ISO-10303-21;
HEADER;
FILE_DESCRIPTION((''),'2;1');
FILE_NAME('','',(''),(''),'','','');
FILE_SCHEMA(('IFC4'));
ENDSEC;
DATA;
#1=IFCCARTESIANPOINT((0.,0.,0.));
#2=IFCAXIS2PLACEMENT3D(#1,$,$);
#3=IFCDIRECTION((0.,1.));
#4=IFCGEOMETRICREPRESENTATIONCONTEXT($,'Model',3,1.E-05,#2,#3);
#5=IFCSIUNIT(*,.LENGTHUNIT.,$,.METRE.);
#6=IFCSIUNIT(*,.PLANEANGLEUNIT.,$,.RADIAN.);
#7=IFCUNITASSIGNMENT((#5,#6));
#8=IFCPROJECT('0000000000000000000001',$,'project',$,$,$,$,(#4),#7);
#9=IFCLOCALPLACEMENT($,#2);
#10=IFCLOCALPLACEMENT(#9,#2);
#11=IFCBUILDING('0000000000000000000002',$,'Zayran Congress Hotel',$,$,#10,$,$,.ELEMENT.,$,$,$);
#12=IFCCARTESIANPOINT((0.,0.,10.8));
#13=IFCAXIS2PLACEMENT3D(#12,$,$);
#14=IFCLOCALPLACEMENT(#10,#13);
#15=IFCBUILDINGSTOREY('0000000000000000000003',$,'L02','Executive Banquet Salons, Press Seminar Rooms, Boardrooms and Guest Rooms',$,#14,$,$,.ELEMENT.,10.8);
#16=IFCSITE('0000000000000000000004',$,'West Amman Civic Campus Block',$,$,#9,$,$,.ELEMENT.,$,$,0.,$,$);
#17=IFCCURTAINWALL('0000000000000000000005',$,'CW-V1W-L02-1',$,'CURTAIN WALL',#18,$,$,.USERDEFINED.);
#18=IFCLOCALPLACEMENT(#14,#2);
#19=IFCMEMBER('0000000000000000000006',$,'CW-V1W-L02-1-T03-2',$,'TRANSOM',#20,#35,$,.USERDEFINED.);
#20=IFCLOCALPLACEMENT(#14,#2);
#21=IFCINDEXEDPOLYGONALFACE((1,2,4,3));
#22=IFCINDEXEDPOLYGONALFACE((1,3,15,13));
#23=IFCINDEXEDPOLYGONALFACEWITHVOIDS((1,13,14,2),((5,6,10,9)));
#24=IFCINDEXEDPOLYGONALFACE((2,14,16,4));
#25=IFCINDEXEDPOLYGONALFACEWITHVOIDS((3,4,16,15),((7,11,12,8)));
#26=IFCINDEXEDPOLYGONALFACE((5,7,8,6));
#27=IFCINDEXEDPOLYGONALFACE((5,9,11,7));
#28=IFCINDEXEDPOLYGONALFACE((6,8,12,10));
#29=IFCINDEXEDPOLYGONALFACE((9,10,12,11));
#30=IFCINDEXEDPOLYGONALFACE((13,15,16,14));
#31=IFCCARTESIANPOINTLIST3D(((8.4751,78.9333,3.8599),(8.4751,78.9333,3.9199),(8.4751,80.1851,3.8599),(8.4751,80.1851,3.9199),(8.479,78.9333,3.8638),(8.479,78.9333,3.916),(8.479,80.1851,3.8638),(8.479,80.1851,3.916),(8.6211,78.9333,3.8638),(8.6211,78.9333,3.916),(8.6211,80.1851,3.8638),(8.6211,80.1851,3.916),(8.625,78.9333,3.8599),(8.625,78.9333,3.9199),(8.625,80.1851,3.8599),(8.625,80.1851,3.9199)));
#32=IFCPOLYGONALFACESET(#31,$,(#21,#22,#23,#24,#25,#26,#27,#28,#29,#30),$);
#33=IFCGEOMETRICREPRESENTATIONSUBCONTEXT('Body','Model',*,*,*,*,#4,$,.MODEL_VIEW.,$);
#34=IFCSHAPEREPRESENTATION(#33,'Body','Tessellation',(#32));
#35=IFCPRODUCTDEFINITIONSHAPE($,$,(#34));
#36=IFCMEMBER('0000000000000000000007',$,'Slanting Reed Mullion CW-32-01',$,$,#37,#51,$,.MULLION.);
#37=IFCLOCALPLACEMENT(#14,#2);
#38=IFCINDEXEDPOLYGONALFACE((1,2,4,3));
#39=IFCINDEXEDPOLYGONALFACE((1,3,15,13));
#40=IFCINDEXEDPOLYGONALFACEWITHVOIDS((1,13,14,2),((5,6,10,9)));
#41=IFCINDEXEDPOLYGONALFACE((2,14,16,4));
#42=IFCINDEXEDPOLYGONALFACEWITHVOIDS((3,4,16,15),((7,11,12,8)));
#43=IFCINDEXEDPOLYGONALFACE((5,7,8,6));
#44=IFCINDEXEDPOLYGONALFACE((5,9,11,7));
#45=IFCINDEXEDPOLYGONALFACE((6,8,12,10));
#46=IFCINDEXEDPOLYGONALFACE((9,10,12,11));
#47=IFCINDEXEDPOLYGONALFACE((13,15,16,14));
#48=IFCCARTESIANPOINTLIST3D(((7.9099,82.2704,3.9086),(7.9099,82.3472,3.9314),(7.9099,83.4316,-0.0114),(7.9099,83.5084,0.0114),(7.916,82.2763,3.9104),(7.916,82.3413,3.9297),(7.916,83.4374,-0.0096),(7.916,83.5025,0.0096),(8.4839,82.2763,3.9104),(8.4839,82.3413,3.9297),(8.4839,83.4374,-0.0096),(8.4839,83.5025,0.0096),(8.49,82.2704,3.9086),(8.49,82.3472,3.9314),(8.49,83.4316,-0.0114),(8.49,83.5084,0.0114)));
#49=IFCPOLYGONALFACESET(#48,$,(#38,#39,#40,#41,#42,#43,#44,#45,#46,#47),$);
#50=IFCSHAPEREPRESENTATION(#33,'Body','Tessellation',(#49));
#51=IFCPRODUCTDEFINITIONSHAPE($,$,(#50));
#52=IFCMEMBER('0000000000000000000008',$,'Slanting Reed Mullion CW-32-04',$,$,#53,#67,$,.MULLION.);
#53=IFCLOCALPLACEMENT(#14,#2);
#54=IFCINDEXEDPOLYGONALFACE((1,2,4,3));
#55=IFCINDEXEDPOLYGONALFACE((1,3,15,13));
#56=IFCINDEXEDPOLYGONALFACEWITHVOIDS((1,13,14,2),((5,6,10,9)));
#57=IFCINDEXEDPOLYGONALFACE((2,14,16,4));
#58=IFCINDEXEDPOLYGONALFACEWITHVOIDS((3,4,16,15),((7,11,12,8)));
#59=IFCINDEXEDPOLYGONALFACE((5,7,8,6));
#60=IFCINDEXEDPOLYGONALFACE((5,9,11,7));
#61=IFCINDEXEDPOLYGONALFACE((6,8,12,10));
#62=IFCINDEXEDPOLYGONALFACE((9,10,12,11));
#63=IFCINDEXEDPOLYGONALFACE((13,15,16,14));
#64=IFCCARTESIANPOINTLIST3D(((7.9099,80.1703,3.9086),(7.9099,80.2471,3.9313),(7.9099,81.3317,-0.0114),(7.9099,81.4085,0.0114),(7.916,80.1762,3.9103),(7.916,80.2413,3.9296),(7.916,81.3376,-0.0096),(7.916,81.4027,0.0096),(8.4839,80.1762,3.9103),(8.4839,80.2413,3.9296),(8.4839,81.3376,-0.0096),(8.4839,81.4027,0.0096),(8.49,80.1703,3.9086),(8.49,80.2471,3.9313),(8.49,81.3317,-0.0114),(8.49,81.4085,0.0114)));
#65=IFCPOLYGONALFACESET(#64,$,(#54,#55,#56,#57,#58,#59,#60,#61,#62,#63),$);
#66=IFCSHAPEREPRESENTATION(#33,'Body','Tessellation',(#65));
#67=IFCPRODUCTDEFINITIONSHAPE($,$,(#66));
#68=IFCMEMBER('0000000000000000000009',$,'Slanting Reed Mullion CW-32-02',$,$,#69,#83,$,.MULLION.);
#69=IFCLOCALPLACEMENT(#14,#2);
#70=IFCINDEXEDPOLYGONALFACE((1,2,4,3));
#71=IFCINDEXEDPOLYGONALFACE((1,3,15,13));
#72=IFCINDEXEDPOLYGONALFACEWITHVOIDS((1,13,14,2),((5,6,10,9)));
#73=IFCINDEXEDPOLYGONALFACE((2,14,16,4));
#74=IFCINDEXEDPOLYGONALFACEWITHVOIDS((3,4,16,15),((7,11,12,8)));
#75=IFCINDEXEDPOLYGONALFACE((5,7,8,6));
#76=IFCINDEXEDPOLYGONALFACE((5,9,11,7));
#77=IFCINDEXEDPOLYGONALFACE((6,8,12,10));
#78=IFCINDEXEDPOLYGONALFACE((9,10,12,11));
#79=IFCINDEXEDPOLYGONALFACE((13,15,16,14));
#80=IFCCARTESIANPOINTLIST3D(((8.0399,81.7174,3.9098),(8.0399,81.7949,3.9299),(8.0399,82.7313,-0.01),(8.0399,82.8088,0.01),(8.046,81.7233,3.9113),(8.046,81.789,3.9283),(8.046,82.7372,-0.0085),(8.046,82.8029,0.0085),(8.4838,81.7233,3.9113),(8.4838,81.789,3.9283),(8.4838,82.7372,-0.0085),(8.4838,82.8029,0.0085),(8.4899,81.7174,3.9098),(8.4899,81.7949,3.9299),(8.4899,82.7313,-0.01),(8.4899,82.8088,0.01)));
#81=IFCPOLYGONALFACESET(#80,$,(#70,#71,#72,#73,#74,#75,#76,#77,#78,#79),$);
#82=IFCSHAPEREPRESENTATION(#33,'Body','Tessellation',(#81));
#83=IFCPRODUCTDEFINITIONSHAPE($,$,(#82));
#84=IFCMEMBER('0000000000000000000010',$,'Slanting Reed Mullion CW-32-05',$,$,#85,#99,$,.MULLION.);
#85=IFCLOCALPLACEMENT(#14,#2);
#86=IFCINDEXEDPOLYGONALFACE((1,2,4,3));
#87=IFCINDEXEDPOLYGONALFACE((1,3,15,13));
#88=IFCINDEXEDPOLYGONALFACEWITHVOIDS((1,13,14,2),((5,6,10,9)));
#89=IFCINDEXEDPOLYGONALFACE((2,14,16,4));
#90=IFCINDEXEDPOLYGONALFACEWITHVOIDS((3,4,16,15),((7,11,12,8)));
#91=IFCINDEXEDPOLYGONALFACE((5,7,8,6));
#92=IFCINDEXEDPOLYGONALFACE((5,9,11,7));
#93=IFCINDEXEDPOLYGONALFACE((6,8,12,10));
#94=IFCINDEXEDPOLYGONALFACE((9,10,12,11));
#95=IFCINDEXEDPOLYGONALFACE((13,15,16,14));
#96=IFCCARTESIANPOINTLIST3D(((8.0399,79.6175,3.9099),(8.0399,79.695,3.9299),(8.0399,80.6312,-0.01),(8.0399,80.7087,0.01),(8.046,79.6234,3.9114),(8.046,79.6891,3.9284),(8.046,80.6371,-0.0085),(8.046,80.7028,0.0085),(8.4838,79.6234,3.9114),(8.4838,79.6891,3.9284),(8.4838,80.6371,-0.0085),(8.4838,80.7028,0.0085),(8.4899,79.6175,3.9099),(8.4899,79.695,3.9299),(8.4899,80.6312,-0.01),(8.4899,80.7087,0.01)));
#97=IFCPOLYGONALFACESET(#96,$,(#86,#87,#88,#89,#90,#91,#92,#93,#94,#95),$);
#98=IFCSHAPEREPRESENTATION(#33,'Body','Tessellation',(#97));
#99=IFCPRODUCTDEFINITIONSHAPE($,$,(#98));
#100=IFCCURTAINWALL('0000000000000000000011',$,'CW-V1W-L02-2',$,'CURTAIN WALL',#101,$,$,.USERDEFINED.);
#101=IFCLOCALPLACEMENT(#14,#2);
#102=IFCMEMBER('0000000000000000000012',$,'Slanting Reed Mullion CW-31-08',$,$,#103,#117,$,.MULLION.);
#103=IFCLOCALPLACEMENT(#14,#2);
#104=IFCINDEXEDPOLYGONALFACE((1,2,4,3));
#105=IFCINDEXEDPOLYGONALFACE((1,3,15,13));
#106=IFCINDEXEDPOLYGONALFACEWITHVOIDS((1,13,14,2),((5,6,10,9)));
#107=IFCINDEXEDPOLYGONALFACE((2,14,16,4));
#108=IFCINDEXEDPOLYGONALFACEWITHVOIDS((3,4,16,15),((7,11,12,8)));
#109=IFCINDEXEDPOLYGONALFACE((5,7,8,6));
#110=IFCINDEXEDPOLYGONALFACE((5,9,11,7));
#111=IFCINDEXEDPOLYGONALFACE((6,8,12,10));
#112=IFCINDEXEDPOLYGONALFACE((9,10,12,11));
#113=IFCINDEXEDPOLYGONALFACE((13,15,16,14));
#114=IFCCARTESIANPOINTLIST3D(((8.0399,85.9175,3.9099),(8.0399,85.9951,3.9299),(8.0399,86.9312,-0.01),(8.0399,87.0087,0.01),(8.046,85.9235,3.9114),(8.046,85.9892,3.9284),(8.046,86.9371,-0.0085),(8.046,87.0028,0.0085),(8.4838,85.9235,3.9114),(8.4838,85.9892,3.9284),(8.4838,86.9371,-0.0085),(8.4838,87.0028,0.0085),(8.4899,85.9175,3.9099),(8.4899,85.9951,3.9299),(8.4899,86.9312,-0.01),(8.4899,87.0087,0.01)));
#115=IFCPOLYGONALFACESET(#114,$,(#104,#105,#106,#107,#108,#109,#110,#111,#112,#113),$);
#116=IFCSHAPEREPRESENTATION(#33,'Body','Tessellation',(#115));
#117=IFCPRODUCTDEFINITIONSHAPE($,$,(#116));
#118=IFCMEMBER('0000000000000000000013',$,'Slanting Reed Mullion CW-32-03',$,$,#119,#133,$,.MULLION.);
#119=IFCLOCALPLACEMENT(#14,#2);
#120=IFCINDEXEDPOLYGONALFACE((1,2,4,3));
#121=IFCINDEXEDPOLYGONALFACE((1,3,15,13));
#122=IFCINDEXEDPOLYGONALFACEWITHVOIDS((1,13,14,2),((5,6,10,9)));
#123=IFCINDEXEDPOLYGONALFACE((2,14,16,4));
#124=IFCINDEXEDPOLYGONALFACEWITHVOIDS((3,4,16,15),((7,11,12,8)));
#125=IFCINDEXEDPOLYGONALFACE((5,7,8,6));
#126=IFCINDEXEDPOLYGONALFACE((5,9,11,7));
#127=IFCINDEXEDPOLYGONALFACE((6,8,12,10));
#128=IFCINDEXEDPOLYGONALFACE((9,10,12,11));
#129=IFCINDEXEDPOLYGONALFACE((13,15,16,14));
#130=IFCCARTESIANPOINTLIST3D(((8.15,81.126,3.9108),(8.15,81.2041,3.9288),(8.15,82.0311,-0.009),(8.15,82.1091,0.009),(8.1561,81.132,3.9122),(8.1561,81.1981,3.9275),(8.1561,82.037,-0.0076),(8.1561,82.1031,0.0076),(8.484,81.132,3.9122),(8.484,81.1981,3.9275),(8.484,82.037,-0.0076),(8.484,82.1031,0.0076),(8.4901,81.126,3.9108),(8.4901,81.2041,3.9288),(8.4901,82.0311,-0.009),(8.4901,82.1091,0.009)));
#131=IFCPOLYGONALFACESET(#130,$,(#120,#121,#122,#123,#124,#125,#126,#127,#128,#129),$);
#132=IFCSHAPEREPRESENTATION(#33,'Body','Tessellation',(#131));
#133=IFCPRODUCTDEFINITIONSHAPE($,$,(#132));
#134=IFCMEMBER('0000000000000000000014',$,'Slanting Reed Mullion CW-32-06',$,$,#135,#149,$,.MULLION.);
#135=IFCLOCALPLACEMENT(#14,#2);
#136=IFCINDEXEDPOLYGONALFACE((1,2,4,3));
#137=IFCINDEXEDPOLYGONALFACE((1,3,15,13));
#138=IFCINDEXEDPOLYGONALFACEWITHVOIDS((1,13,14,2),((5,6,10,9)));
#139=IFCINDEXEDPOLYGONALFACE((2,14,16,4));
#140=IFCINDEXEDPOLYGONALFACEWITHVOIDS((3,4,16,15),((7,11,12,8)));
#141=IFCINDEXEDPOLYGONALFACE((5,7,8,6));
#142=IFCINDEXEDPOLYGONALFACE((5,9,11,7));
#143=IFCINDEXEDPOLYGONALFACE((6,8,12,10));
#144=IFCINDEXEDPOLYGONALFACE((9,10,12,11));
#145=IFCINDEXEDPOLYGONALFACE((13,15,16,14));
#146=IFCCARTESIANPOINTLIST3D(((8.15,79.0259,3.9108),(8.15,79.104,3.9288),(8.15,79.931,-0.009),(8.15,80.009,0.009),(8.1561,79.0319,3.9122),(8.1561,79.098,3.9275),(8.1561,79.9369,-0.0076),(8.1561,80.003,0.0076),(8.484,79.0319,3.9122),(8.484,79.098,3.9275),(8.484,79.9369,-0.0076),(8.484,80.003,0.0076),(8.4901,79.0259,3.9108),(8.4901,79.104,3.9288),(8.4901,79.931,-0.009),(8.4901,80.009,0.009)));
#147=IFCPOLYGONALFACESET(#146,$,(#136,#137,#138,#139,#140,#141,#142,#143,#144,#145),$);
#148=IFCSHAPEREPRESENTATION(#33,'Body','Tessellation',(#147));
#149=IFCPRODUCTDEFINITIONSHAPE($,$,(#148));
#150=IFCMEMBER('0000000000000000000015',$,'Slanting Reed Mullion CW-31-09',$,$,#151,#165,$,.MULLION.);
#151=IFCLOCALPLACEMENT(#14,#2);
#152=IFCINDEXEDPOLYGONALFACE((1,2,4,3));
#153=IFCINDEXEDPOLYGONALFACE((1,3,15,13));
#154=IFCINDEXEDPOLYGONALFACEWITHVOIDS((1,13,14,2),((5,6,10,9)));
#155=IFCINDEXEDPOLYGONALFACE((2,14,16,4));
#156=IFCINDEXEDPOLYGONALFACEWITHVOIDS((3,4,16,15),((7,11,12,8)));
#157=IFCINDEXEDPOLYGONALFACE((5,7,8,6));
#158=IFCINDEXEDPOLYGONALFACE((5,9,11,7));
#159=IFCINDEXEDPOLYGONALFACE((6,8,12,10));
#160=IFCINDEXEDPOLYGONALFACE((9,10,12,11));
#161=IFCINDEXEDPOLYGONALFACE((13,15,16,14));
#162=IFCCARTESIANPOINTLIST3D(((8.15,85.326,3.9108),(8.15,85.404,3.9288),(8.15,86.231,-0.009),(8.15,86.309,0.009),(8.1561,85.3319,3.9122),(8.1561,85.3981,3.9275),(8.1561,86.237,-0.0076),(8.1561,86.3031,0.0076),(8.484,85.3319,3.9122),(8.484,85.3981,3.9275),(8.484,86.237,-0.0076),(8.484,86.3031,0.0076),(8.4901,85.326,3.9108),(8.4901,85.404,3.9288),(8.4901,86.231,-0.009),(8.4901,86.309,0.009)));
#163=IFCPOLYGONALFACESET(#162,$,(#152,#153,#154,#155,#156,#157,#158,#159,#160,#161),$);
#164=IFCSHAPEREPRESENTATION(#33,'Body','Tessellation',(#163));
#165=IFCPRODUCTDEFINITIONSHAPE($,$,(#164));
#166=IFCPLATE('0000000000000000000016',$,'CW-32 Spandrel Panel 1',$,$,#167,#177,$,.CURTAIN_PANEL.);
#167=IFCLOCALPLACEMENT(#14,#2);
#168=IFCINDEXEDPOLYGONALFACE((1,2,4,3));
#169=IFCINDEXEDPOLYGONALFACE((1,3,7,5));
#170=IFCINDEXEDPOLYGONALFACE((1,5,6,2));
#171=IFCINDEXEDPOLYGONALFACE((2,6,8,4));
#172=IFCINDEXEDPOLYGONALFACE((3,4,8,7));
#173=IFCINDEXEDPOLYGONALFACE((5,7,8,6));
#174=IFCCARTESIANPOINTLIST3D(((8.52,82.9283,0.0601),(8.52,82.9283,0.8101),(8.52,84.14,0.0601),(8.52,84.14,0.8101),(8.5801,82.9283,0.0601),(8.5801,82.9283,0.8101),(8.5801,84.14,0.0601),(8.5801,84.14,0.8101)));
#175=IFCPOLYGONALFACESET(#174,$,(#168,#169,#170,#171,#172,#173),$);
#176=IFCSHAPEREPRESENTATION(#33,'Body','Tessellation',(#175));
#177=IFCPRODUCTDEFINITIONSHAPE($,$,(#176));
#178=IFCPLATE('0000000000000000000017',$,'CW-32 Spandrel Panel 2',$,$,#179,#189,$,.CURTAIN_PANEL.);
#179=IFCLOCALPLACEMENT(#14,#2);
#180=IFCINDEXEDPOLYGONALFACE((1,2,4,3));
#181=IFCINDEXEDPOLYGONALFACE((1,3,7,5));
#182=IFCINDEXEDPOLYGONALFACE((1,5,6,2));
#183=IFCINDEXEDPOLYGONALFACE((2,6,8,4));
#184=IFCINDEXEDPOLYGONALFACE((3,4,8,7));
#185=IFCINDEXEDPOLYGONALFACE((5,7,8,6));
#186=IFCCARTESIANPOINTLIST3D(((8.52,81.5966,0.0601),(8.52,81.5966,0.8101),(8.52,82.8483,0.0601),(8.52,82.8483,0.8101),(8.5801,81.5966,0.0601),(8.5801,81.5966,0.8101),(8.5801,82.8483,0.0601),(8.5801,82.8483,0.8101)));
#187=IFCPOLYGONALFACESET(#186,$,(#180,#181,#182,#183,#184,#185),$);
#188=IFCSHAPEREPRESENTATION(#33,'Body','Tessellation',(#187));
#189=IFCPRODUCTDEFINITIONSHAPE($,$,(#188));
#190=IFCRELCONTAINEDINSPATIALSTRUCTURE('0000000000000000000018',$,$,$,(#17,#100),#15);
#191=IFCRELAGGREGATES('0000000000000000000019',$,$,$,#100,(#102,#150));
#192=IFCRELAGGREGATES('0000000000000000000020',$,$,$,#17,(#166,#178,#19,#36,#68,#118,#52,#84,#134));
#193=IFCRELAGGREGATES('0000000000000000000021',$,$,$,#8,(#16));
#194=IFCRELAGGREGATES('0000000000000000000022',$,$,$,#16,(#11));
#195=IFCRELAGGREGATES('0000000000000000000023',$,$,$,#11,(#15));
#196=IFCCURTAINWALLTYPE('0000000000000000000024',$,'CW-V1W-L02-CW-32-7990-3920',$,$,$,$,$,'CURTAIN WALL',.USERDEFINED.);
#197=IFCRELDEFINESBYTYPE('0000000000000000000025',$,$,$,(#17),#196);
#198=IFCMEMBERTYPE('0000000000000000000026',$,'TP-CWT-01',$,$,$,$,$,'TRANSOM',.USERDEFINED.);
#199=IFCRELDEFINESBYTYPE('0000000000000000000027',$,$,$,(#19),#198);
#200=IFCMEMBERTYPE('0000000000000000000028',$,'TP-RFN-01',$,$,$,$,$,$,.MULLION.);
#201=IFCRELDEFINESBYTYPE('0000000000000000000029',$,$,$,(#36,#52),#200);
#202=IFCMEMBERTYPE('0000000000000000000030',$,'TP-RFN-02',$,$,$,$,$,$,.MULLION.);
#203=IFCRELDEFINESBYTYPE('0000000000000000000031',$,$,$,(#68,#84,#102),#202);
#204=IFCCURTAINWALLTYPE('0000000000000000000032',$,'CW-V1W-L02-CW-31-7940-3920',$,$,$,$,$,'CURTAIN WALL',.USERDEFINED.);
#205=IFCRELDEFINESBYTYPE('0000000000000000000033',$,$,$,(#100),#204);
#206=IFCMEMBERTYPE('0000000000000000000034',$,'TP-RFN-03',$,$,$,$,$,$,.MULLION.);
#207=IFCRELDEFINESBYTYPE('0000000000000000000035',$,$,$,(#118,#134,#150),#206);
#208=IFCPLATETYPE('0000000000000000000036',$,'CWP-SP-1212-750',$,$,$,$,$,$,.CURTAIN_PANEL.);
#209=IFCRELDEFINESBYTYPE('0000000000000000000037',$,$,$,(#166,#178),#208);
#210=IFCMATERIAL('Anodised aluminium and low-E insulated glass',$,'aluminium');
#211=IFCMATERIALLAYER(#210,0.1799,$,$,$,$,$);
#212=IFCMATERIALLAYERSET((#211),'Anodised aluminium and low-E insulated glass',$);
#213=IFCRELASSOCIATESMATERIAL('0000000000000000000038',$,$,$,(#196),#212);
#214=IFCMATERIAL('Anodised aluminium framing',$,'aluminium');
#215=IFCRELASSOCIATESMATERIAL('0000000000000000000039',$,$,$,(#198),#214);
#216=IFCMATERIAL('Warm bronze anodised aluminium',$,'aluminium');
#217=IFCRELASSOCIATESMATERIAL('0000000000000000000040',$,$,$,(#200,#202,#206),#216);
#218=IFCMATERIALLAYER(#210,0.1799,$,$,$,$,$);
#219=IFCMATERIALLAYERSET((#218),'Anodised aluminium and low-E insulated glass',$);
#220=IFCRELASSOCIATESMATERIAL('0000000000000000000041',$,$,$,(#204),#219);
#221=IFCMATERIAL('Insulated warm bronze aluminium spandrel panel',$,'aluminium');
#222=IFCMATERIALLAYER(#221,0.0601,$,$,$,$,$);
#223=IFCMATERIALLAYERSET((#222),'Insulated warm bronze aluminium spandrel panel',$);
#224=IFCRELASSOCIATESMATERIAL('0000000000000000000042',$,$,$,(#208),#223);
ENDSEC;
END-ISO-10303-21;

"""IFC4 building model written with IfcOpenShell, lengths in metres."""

from ifc_helpers import new_model, si_unit, direction, frame, origin, origin_2d, place, context, subcontext, project, spatial, rectangle, hollow_rectangle, extrude, material, layer, layer_set, material_profile, profile_set, type_object, element, aggregate, save


model = new_model("IFC4")

# Units and contexts
model_context = context("Model", 3, precision=1e-05, world=origin(), true_north=direction((0.0, 1.0)))
body_context = subcontext(model_context, "Body", "Model", "MODEL_VIEW")
ifc_project = project(units=[si_unit("LENGTHUNIT", "METRE"), si_unit("PLANEANGLEUNIT", "RADIAN")], contexts=[model_context])

# Site, building, storey
site_placement = place(None, origin())
site = spatial("IfcSite", under=ifc_project, at=site_placement, Name="West Amman Civic Campus Block", CompositionType="ELEMENT", RefElevation=0.0)
building_placement = place(site_placement, origin())
building = spatial("IfcBuilding", under=site, at=building_placement, Name="Zayran Congress Hotel", CompositionType="ELEMENT")
storey_placement = place(building_placement, frame((0.0, 0.0, 10.8)))
storey = spatial("IfcBuildingStorey", under=building, at=storey_placement, Name="L02", Description="Executive Banquet Salons, Press Seminar Rooms, Boardrooms and Guest Rooms", CompositionType="ELEMENT", Elevation=10.8)

# Curtain wall, members
ifc_material_1 = material(Name="Anodised aluminium and low-E insulated glass", Category="aluminium")
ifc_layer_1 = layer(ifc_material_1, 0.1799)
ifc_layer_set_1 = layer_set([ifc_layer_1], Name="Anodised aluminium and low-E insulated glass")
curtain_wall_type_1 = type_object("IfcCurtainWallType", Name="CW-V1W-L02-CW-32-7990-3920", ElementType="CURTAIN WALL", PredefinedType="USERDEFINED", material=ifc_layer_set_1)
curtain_wall_1_placement = place(storey_placement, origin())
curtain_wall_1 = element("IfcCurtainWall", 1, at=curtain_wall_1_placement, inside=storey, type_object=curtain_wall_type_1, Name="CW-V1W-L02-1", ObjectType="CURTAIN WALL", PredefinedType="USERDEFINED")
ifc_material_2 = material(Name="Anodised aluminium framing", Category="aluminium")
ifc_material_profile_1 = material_profile(ifc_material_2, hollow_rectangle(XDim=0.0601, YDim=0.1499, WallThickness=0.0039, at=origin_2d()), Name="RHS 150x60x4")
ifc_profile_set_1 = profile_set([ifc_material_profile_1], Name="Anodised aluminium framing")
member_type_1 = type_object("IfcMemberType", Name="TP-CWT-01", ElementType="TRANSOM", PredefinedType="USERDEFINED", material=ifc_profile_set_1)
member_1_placement = place(storey_placement, frame((8.55, 80.1851, 3.8899), z_axis=(0.0, -1.0, 0.0), x_axis=(0.0, 0.0, 1.0)))
member_1 = element("IfcMember", 2, at=member_1_placement, type_object=member_type_1, Name="CW-V1W-L02-1-T03-2", ObjectType="TRANSOM", PredefinedType="USERDEFINED", context=body_context, shape_type="SweptSolid", body=[
    extrude(hollow_rectangle(XDim=0.0601, YDim=0.1499, WallThickness=0.0039, at=origin_2d()), origin(), (0.0, 0.0, 1.0), 1.2517),
])
ifc_material_3 = material(Name="Warm bronze anodised aluminium", Category="aluminium")
ifc_material_profile_2 = material_profile(ifc_material_3, hollow_rectangle(XDim=0.0801, YDim=0.5801, WallThickness=0.0061, at=origin_2d()), Name="RHS 580x80x6")
ifc_profile_set_2 = profile_set([ifc_material_profile_2], Name="Warm bronze anodised aluminium")
member_type_2 = type_object("IfcMemberType", Name="TP-RFN-01", PredefinedType="MULLION", material=ifc_profile_set_2)
member_2_placement = place(storey_placement, frame((8.2, 83.47, 0.0), z_axis=(0.0, -0.284015, 0.95882), x_axis=(0.0, 0.95882, 0.284015)))
member_2 = element("IfcMember", 3, at=member_2_placement, type_object=member_type_2, Name="Slanting Reed Mullion CW-32-01", PredefinedType="MULLION", context=body_context, shape_type="SweptSolid", body=[
    extrude(hollow_rectangle(XDim=0.0801, YDim=0.5801, WallThickness=0.0061, at=origin_2d()), origin(), (0.0, 0.0, 1.0), 4.0884),
])
member_3_placement = place(storey_placement, frame((8.2, 81.3701, 0.0), z_axis=(0.0, -0.28407, 0.958804), x_axis=(0.0, 0.958804, 0.28407)))
member_3 = element("IfcMember", 4, at=member_3_placement, type_object=member_type_2, Name="Slanting Reed Mullion CW-32-04", PredefinedType="MULLION", context=body_context, shape_type="SweptSolid", body=[
    extrude(hollow_rectangle(XDim=0.0801, YDim=0.5801, WallThickness=0.0061, at=origin_2d()), origin(), (0.0, 0.0, 1.0), 4.0884),
])
ifc_material_profile_3 = material_profile(ifc_material_3, hollow_rectangle(XDim=0.0801, YDim=0.45, WallThickness=0.0061, at=origin_2d()), Name="RHS 450x80x6")
ifc_profile_set_3 = profile_set([ifc_material_profile_3], Name="Warm bronze anodised aluminium")
member_type_3 = type_object("IfcMemberType", Name="TP-RFN-02", PredefinedType="MULLION", material=ifc_profile_set_3)
member_4_placement = place(storey_placement, frame((8.2649, 82.77, 0.0), z_axis=(0.0, -0.250416, 0.968138), x_axis=(0.0, 0.968138, 0.250416)))
member_4 = element("IfcMember", 5, at=member_4_placement, type_object=member_type_3, Name="Slanting Reed Mullion CW-32-02", PredefinedType="MULLION", context=body_context, shape_type="SweptSolid", body=[
    extrude(hollow_rectangle(XDim=0.0801, YDim=0.45, WallThickness=0.0061, at=origin_2d()), origin(), (0.0, 0.0, 1.0), 4.0488),
])
member_5_placement = place(storey_placement, frame((8.2649, 80.6699, 0.0), z_axis=(0.0, -0.250359, 0.968153), x_axis=(0.0, 0.968153, 0.250359)))
member_5 = element("IfcMember", 6, at=member_5_placement, type_object=member_type_3, Name="Slanting Reed Mullion CW-32-05", PredefinedType="MULLION", context=body_context, shape_type="SweptSolid", body=[
    extrude(hollow_rectangle(XDim=0.0801, YDim=0.45, WallThickness=0.0061, at=origin_2d()), origin(), (0.0, 0.0, 1.0), 4.0488),
])

# Curtain wall, member
ifc_layer_2 = layer(ifc_material_1, 0.1799)
ifc_layer_set_2 = layer_set([ifc_layer_2], Name="Anodised aluminium and low-E insulated glass")
curtain_wall_type_2 = type_object("IfcCurtainWallType", Name="CW-V1W-L02-CW-31-7940-3920", ElementType="CURTAIN WALL", PredefinedType="USERDEFINED", material=ifc_layer_set_2)
curtain_wall_2_placement = place(storey_placement, origin())
curtain_wall_2 = element("IfcCurtainWall", 7, at=curtain_wall_2_placement, inside=storey, type_object=curtain_wall_type_2, Name="CW-V1W-L02-2", ObjectType="CURTAIN WALL", PredefinedType="USERDEFINED")
member_6_placement = place(storey_placement, frame((8.2649, 86.97, 0.0), z_axis=(0.0, -0.250359, 0.968153), x_axis=(0.0, 0.968153, 0.250359)))
member_6 = element("IfcMember", 8, at=member_6_placement, type_object=member_type_3, Name="Slanting Reed Mullion CW-31-08", PredefinedType="MULLION", context=body_context, shape_type="SweptSolid", body=[
    extrude(hollow_rectangle(XDim=0.0801, YDim=0.45, WallThickness=0.0061, at=origin_2d()), origin(), (0.0, 0.0, 1.0), 4.0488),
])

# Members
ifc_material_profile_4 = material_profile(ifc_material_3, hollow_rectangle(XDim=0.0801, YDim=0.3401, WallThickness=0.0061, at=origin_2d()), Name="RHS 340x80x6")
ifc_profile_set_4 = profile_set([ifc_material_profile_4], Name="Warm bronze anodised aluminium")
member_type_4 = type_object("IfcMemberType", Name="TP-RFN-03", PredefinedType="MULLION", material=ifc_profile_set_4)
member_7_placement = place(storey_placement, frame((8.3201, 82.0701, 0.0), z_axis=(0.0, -0.224961, 0.974368), x_axis=(0.0, 0.974368, 0.224961)))
member_7 = element("IfcMember", 9, at=member_7_placement, type_object=member_type_4, Name="Slanting Reed Mullion CW-32-03", PredefinedType="MULLION", context=body_context, shape_type="SweptSolid", body=[
    extrude(hollow_rectangle(XDim=0.0801, YDim=0.3401, WallThickness=0.0061, at=origin_2d()), origin(), (0.0, 0.0, 1.0), 4.0229),
])
member_8_placement = place(storey_placement, frame((8.3201, 79.97, 0.0), z_axis=(0.0, -0.224961, 0.974368), x_axis=(0.0, 0.974368, 0.224961)))
member_8 = element("IfcMember", 10, at=member_8_placement, type_object=member_type_4, Name="Slanting Reed Mullion CW-32-06", PredefinedType="MULLION", context=body_context, shape_type="SweptSolid", body=[
    extrude(hollow_rectangle(XDim=0.0801, YDim=0.3401, WallThickness=0.0061, at=origin_2d()), origin(), (0.0, 0.0, 1.0), 4.0229),
])
member_9_placement = place(storey_placement, frame((8.3201, 86.27, 0.0), z_axis=(0.0, -0.224961, 0.974368), x_axis=(0.0, 0.974368, 0.224961)))
member_9 = element("IfcMember", 11, at=member_9_placement, type_object=member_type_4, Name="Slanting Reed Mullion CW-31-09", PredefinedType="MULLION", context=body_context, shape_type="SweptSolid", body=[
    extrude(hollow_rectangle(XDim=0.0801, YDim=0.3401, WallThickness=0.0061, at=origin_2d()), origin(), (0.0, 0.0, 1.0), 4.0229),
])
aggregate(curtain_wall_2, [member_6, member_9])

# Plates
ifc_material_4 = material(Name="Insulated warm bronze aluminium spandrel panel", Category="aluminium")
ifc_layer_3 = layer(ifc_material_4, 0.0601)
ifc_layer_set_3 = layer_set([ifc_layer_3], Name="Insulated warm bronze aluminium spandrel panel")
plate_type_1 = type_object("IfcPlateType", Name="CWP-SP-1212-750", PredefinedType="CURTAIN_PANEL", material=ifc_layer_set_3)
plate_1_placement = place(storey_placement, frame((8.55, 83.5342, 0.0601), z_axis=(0.0, 0.0, 1.0), x_axis=(0.0, 1.0, 0.0)))
plate_1 = element("IfcPlate", 12, at=plate_1_placement, type_object=plate_type_1, Name="CW-32 Spandrel Panel 1", PredefinedType="CURTAIN_PANEL", context=body_context, shape_type="SweptSolid", body=[
    extrude(rectangle(XDim=1.2117, YDim=0.0601, at=origin_2d()), origin(), (0.0, 0.0, 1.0), 0.75),
])
plate_2_placement = place(storey_placement, frame((8.55, 82.2224, 0.0601), z_axis=(0.0, 0.0, 1.0), x_axis=(0.0, 1.0, 0.0)))
plate_2 = element("IfcPlate", 13, at=plate_2_placement, type_object=plate_type_1, Name="CW-32 Spandrel Panel 2", PredefinedType="CURTAIN_PANEL", context=body_context, shape_type="SweptSolid", body=[
    extrude(rectangle(XDim=1.2517, YDim=0.0601, at=origin_2d()), origin(), (0.0, 0.0, 1.0), 0.75),
])
aggregate(curtain_wall_1, [plate_1, plate_2, member_1, member_2, member_4, member_7, member_3, member_5, member_8])

save(model, "model.ifc")
